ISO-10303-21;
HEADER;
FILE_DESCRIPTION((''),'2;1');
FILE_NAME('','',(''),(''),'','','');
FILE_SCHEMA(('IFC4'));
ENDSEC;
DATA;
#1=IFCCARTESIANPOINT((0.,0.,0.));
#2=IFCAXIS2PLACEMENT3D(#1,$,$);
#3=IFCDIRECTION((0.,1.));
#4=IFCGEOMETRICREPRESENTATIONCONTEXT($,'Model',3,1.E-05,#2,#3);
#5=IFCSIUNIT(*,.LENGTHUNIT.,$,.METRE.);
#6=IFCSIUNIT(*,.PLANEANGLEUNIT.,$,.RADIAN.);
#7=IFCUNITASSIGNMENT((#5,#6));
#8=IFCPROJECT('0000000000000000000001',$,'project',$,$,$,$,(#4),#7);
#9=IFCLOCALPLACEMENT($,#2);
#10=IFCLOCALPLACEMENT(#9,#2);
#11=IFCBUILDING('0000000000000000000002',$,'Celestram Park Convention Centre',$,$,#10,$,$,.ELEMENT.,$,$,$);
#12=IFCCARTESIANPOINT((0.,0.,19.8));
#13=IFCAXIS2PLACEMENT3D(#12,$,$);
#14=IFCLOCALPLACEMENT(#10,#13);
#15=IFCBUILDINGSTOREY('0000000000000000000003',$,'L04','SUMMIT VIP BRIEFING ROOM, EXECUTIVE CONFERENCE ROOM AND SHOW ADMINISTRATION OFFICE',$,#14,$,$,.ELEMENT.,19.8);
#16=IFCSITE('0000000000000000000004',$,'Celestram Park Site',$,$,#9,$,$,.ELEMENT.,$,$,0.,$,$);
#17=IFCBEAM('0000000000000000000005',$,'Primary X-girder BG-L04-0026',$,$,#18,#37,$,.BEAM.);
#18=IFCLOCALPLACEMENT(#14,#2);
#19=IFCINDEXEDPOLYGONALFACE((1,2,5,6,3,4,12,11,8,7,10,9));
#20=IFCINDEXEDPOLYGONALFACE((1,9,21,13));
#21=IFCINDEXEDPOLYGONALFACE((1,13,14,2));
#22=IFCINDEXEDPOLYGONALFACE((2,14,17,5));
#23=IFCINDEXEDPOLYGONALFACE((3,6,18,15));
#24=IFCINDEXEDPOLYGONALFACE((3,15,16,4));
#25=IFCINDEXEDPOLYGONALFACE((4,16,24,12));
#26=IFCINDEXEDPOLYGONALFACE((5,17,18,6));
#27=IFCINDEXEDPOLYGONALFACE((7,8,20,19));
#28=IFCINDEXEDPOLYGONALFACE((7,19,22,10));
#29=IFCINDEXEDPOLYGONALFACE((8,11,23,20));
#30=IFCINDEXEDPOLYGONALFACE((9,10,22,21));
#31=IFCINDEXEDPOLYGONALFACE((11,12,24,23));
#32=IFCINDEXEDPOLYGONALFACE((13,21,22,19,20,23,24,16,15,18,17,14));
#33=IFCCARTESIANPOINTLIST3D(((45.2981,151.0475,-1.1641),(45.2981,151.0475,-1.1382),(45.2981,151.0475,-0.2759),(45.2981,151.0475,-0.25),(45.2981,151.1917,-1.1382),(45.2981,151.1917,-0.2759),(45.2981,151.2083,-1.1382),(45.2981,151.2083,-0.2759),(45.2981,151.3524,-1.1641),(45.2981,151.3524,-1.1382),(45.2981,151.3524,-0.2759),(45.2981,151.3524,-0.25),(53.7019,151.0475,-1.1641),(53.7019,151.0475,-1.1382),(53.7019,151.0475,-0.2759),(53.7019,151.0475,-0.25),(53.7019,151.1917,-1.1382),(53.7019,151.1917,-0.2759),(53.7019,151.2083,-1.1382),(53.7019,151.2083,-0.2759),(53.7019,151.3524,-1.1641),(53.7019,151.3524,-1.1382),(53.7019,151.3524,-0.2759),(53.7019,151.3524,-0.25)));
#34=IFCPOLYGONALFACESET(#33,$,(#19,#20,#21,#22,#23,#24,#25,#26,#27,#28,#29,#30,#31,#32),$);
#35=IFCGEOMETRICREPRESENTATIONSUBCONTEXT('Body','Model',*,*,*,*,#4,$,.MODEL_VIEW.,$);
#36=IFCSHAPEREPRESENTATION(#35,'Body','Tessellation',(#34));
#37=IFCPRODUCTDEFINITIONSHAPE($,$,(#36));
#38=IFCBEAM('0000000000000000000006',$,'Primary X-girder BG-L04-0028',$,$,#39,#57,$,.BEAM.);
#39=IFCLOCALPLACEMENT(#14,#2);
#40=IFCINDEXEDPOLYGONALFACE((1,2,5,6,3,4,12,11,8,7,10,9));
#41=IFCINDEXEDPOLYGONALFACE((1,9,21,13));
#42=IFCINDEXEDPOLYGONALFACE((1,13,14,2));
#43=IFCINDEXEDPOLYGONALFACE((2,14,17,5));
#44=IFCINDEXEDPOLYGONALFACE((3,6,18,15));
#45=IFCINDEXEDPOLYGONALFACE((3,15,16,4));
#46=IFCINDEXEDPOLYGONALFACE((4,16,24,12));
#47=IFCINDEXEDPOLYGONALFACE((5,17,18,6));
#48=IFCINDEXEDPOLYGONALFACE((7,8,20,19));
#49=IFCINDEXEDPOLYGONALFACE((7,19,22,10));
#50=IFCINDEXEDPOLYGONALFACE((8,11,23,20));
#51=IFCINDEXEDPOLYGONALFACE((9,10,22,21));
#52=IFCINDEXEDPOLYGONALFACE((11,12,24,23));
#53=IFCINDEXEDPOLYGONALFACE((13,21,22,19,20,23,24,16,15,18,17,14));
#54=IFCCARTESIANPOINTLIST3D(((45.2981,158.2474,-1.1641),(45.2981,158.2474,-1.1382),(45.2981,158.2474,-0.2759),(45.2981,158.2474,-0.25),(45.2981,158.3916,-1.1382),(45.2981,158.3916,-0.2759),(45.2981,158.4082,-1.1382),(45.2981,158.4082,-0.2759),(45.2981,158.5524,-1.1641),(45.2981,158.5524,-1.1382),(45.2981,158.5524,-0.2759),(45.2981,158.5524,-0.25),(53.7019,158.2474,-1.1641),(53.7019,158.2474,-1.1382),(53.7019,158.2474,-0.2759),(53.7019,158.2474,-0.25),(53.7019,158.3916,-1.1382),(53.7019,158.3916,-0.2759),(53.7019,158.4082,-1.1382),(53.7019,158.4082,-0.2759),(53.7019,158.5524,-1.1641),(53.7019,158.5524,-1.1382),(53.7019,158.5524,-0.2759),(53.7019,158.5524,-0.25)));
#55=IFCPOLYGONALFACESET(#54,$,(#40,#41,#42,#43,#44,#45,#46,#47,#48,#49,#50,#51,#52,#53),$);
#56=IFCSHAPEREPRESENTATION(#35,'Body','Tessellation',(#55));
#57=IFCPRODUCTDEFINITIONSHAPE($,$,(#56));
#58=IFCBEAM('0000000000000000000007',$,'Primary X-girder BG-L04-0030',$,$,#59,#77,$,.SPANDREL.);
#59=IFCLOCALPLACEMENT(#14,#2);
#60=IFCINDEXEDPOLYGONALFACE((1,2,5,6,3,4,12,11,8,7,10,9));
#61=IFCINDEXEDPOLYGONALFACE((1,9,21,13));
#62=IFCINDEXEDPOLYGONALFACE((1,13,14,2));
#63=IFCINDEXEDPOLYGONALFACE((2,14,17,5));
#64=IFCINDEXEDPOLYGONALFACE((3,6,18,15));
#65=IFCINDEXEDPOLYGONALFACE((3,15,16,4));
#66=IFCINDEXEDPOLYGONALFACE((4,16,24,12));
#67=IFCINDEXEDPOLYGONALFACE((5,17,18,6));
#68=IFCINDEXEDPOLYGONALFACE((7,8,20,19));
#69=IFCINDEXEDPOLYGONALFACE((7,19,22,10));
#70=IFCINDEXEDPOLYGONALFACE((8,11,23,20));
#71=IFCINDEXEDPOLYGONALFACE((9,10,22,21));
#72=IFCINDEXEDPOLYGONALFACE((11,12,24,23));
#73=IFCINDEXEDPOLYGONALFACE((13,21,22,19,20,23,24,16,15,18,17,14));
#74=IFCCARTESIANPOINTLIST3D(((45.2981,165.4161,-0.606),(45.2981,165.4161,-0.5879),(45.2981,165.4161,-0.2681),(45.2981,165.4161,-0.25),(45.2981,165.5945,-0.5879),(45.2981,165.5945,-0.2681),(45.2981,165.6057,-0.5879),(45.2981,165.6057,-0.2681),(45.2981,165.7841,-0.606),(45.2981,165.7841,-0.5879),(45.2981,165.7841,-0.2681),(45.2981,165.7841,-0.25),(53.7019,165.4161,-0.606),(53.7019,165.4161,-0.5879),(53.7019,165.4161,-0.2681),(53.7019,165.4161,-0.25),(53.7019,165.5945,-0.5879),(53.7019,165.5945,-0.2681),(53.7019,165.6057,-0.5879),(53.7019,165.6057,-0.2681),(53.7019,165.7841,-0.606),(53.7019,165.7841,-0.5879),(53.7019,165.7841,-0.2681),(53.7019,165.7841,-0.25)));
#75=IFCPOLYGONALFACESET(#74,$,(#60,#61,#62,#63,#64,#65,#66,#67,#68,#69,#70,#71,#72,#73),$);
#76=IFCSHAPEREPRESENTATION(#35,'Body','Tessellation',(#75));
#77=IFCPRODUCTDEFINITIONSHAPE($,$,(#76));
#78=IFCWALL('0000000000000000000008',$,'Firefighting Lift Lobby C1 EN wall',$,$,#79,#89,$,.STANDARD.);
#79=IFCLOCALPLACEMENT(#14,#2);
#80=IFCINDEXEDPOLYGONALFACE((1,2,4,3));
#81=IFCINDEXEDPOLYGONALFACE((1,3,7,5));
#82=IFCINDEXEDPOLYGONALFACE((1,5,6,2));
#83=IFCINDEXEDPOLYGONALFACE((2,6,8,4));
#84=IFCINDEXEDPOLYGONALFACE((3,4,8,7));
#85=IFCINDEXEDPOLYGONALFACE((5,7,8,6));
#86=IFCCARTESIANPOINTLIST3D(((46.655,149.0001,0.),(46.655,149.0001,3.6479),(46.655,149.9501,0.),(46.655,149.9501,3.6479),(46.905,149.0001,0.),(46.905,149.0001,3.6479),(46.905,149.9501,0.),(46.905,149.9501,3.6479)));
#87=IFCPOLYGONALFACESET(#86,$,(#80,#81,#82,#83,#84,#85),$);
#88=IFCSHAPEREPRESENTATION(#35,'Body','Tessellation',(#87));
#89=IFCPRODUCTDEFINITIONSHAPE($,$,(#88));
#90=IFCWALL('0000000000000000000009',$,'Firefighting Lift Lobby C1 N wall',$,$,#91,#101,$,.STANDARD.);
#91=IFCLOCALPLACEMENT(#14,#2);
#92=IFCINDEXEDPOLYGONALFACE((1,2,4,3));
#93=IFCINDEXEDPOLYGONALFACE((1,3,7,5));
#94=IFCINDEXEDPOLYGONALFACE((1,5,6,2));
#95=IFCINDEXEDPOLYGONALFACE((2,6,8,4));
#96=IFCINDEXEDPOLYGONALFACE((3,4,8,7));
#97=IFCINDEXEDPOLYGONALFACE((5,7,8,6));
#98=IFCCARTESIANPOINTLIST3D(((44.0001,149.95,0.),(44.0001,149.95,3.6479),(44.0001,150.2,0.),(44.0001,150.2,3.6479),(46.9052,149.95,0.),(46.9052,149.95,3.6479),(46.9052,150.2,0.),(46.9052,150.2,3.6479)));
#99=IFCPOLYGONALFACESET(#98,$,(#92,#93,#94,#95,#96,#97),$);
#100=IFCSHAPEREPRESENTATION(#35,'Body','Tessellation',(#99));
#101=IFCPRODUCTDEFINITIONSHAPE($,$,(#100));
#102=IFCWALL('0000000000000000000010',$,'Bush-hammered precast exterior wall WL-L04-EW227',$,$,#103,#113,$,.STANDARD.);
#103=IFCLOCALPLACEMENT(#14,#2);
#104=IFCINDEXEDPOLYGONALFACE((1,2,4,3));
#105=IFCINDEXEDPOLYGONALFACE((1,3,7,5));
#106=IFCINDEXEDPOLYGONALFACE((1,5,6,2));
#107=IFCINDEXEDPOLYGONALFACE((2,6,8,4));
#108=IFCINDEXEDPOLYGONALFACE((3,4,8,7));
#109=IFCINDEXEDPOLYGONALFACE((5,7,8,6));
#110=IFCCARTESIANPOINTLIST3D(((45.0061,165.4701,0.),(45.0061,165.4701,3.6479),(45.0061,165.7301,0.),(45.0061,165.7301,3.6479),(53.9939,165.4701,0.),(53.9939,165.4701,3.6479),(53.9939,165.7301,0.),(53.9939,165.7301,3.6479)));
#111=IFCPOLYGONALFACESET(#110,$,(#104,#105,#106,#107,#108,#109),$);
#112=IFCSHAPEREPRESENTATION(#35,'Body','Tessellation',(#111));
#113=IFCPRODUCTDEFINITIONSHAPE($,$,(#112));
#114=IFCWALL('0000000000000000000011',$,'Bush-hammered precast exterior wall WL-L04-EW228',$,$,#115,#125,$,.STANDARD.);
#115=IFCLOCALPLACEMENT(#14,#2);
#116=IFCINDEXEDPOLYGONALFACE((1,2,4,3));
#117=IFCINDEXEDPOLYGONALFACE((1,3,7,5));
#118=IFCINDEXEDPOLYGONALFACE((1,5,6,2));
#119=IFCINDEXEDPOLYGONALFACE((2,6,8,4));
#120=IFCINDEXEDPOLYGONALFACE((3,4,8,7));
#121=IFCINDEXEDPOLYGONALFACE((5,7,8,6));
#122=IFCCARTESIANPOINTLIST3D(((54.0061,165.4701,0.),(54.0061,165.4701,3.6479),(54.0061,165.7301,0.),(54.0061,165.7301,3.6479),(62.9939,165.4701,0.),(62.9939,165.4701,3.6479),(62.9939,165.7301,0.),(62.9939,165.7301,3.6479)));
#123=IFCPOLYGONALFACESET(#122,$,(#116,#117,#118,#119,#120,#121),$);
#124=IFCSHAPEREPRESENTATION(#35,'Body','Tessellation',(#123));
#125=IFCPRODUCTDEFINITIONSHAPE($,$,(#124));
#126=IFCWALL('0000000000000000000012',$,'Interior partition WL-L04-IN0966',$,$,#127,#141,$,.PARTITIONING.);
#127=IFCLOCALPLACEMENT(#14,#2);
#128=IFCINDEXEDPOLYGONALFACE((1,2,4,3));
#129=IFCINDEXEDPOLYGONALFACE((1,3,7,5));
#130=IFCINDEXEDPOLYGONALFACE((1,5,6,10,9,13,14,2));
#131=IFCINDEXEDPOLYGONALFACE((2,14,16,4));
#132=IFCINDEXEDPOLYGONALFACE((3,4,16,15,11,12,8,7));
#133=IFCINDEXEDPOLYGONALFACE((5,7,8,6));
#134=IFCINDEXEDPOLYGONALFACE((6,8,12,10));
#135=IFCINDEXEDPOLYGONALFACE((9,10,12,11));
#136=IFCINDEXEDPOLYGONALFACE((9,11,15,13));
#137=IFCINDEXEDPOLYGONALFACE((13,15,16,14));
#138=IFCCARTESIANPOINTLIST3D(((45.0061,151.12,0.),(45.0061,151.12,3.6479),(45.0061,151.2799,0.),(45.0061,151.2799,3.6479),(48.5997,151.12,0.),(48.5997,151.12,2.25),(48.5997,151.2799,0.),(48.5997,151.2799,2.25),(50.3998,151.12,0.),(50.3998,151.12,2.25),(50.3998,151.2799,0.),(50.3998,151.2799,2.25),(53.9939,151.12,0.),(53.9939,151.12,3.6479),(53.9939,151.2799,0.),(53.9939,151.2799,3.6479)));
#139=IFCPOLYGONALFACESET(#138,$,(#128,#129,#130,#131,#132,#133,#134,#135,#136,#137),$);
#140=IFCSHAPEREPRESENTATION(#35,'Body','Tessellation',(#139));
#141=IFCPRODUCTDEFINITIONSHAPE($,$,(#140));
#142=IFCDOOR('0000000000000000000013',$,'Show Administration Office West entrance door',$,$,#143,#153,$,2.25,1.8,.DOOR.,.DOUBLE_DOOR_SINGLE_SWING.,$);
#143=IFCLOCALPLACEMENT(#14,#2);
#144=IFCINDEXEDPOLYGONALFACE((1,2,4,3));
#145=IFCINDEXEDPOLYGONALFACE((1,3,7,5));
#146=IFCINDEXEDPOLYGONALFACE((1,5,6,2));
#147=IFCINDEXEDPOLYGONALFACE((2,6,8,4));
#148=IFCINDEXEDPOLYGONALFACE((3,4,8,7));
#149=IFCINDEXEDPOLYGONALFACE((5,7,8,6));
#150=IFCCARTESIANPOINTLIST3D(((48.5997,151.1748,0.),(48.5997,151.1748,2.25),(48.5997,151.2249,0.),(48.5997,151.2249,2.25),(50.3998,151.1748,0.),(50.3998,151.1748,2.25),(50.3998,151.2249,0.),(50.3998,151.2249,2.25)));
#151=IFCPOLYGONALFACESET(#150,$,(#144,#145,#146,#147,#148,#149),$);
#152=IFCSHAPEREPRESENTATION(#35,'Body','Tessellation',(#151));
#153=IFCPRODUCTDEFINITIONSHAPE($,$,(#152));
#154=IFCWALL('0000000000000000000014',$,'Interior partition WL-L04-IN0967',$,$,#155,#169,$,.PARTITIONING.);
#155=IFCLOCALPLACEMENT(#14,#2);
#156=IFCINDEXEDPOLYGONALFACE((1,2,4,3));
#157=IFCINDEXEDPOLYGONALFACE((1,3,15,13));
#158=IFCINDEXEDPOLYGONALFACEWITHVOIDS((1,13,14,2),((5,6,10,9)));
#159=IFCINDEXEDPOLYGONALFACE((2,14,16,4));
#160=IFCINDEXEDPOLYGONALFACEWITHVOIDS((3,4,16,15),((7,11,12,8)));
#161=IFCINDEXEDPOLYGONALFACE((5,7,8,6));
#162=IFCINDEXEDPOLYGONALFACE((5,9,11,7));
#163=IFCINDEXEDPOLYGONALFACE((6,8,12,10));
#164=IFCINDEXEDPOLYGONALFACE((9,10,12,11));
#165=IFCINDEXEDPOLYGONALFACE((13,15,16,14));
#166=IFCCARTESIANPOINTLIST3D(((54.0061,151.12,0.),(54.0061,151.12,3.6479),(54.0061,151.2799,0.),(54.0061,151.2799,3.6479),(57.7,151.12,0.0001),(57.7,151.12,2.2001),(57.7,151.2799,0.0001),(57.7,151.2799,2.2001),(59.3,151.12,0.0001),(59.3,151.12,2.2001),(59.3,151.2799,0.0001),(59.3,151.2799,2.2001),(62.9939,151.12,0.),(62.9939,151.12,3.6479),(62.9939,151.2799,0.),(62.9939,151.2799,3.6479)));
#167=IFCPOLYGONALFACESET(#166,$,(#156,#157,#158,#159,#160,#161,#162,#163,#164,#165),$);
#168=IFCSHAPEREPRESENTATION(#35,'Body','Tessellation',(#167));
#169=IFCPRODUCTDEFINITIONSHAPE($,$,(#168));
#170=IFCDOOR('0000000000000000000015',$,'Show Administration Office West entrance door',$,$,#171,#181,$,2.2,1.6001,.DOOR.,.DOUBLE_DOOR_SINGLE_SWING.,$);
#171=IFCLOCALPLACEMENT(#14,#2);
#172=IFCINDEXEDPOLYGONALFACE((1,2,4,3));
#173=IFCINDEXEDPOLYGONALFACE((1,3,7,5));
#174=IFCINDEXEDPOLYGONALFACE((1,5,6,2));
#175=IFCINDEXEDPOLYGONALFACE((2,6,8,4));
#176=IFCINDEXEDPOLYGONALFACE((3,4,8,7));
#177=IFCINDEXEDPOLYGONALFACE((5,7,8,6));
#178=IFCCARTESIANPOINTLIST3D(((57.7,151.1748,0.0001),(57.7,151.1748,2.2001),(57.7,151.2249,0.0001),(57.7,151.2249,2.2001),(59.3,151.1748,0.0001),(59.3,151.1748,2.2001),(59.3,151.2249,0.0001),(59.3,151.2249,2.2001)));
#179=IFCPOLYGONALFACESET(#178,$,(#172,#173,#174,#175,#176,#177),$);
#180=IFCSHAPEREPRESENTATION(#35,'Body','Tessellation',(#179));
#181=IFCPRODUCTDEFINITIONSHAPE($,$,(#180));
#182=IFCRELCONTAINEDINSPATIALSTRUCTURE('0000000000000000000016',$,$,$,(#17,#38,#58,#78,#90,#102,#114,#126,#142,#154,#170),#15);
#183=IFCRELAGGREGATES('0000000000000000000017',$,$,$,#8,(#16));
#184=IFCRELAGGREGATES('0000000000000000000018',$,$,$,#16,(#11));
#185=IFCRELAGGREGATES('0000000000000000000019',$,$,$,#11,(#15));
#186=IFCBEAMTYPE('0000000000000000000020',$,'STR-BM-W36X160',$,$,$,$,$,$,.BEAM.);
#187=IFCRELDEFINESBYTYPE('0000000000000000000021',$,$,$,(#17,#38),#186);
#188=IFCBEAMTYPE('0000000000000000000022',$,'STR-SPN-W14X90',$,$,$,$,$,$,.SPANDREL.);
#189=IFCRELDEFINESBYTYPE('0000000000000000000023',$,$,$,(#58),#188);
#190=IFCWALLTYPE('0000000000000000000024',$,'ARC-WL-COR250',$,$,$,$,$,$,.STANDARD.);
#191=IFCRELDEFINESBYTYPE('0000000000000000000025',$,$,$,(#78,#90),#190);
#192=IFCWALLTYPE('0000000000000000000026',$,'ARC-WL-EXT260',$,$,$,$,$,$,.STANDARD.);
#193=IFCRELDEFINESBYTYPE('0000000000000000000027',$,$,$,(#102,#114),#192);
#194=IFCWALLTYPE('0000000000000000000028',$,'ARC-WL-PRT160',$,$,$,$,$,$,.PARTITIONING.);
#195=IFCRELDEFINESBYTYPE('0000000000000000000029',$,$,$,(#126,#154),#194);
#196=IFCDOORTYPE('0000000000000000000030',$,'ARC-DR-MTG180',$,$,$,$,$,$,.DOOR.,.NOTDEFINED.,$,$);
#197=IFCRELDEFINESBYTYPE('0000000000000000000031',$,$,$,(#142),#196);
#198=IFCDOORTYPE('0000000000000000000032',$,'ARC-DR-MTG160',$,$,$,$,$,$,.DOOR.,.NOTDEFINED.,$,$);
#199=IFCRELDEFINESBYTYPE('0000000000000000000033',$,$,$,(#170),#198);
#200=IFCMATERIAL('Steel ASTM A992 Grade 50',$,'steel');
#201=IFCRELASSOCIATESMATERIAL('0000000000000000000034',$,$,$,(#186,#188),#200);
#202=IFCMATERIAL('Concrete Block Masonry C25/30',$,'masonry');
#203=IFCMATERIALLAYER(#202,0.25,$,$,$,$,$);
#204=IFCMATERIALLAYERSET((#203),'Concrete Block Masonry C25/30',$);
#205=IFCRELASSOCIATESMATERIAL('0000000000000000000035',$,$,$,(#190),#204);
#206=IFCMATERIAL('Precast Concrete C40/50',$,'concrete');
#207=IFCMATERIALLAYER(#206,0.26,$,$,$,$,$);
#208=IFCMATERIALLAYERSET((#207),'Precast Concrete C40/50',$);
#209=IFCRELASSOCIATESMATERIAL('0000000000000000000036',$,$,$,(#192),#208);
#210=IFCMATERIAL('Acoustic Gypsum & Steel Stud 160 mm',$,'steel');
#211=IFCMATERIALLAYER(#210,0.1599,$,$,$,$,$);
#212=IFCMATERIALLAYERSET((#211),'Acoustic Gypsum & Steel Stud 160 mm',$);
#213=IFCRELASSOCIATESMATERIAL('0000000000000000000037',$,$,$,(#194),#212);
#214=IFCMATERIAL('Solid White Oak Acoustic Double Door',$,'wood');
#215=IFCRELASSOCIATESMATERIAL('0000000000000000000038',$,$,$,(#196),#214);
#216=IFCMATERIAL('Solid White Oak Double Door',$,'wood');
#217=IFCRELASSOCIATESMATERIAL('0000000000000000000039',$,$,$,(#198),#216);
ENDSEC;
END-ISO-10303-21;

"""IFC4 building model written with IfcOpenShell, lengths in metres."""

from ifc_helpers import new_model, si_unit, direction, frame, frame_2d, origin, origin_2d, place, context, subcontext, project, spatial, rectangle, i_section, extrude, material, layer, layer_set, material_profile, profile_set, type_object, element, fill, save


model = new_model("IFC4")

# Units and contexts
model_context = context("Model", 3, precision=1e-05, world=origin(), true_north=direction((0.0, 1.0)))
body_context = subcontext(model_context, "Body", "Model", "MODEL_VIEW")
ifc_project = project(units=[si_unit("LENGTHUNIT", "METRE"), si_unit("PLANEANGLEUNIT", "RADIAN")], contexts=[model_context])

# Site, building, storey
site_placement = place(None, origin())
site = spatial("IfcSite", under=ifc_project, at=site_placement, Name="Celestram Park Site", CompositionType="ELEMENT", RefElevation=0.0)
building_placement = place(site_placement, origin())
building = spatial("IfcBuilding", under=site, at=building_placement, Name="Celestram Park Convention Centre", CompositionType="ELEMENT")
storey_placement = place(building_placement, frame((0.0, 0.0, 19.8)))
storey = spatial("IfcBuildingStorey", under=building, at=storey_placement, Name="L04", Description="SUMMIT VIP BRIEFING ROOM, EXECUTIVE CONFERENCE ROOM AND SHOW ADMINISTRATION OFFICE", CompositionType="ELEMENT", Elevation=19.8)

# Shared definitions
ifc_material_1 = material(Name="Steel ASTM A992 Grade 50", Category="steel")

# Beams
ifc_material_profile_1 = material_profile(ifc_material_1, i_section(OverallWidth=0.3049, OverallDepth=0.9141, WebThickness=0.0166, FlangeThickness=0.0259, at=origin_2d()), Name="W36X160")
ifc_profile_set_1 = profile_set([ifc_material_profile_1], Name="Steel ASTM A992 Grade 50")
beam_type_1 = type_object("IfcBeamType", Name="STR-BM-W36X160", PredefinedType="BEAM", material=ifc_profile_set_1)
for number, where, z_axis, x_axis, name in (
    (1, (45.2981, 151.2, -0.707), (1.0, 0.0, 0.0), (0.0, 1.0, 0.0), "Primary X-girder BG-L04-0026"),
    (2, (45.2981, 158.3999, -0.707), (1.0, 0.0, 0.0), (0.0, 1.0, 0.0), "Primary X-girder BG-L04-0028"),
):
    element("IfcBeam", number, at=place(storey_placement, frame(where, z_axis=z_axis, x_axis=x_axis)), inside=storey, type_object=beam_type_1, Name=name, PredefinedType="BEAM", context=body_context, shape_type="SweptSolid", body=[
        extrude(i_section(OverallWidth=0.3049, OverallDepth=0.9141, WebThickness=0.0166, FlangeThickness=0.0259, at=origin_2d()), origin(), (0.0, 0.0, 1.0), 8.4038),
    ])
ifc_material_profile_2 = material_profile(ifc_material_1, i_section(OverallWidth=0.3679, OverallDepth=0.356, WebThickness=0.0112, FlangeThickness=0.0181, at=origin_2d()), Name="W14X90")
ifc_profile_set_2 = profile_set([ifc_material_profile_2], Name="Steel ASTM A992 Grade 50")
beam_type_2 = type_object("IfcBeamType", Name="STR-SPN-W14X90", PredefinedType="SPANDREL", material=ifc_profile_set_2)
beam_placement = place(storey_placement, frame((45.2981, 165.6001, -0.428), z_axis=(1.0, 0.0, 0.0), x_axis=(0.0, 1.0, 0.0)))
element("IfcBeam", 3, at=beam_placement, inside=storey, type_object=beam_type_2, Name="Primary X-girder BG-L04-0030", PredefinedType="SPANDREL", context=body_context, shape_type="SweptSolid", body=[
    extrude(i_section(OverallWidth=0.3679, OverallDepth=0.356, WebThickness=0.0112, FlangeThickness=0.0181, at=origin_2d()), origin(), (0.0, 0.0, 1.0), 8.4038),
])

# Walls
ifc_material_2 = material(Name="Concrete Block Masonry C25/30", Category="masonry")
ifc_layer_1 = layer(ifc_material_2, 0.25)
ifc_layer_set_1 = layer_set([ifc_layer_1], Name="Concrete Block Masonry C25/30")
wall_type_1 = type_object("IfcWallType", Name="ARC-WL-COR250", PredefinedType="STANDARD", material=ifc_layer_set_1)
wall_1_placement = place(storey_placement, frame((46.78, 149.0, 0.0), z_axis=(0.0, 0.0, 1.0), x_axis=(0.0, 1.0, 0.0)))
element("IfcWall", 4, at=wall_1_placement, inside=storey, type_object=wall_type_1, Name="Firefighting Lift Lobby C1 EN wall", PredefinedType="STANDARD", context=body_context, shape_type="SweptSolid", body=[
    extrude(rectangle(XDim=0.95, YDim=0.25, at=frame_2d((0.4751, 0.0))), origin(), (0.0, 0.0, 1.0), 3.6479),
])
wall_2_placement = place(storey_placement, frame((44.0, 150.075, 0.0), z_axis=(0.0, 0.0, 1.0), x_axis=(1.0, 0.0, 0.0)))
element("IfcWall", 5, at=wall_2_placement, inside=storey, type_object=wall_type_1, Name="Firefighting Lift Lobby C1 N wall", PredefinedType="STANDARD", context=body_context, shape_type="SweptSolid", body=[
    extrude(rectangle(XDim=2.905, YDim=0.25, at=frame_2d((1.4526, 0.0))), origin(), (0.0, 0.0, 1.0), 3.6479),
])
ifc_material_3 = material(Name="Precast Concrete C40/50", Category="concrete")
ifc_layer_2 = layer(ifc_material_3, 0.26)
ifc_layer_set_2 = layer_set([ifc_layer_2], Name="Precast Concrete C40/50")
wall_type_2 = type_object("IfcWallType", Name="ARC-WL-EXT260", PredefinedType="STANDARD", material=ifc_layer_set_2)
for number, where, z_axis, x_axis, name in (
    (6, (45.0061, 165.6001, 0.0), (0.0, 0.0, 1.0), (1.0, 0.0, 0.0), "Bush-hammered precast exterior wall WL-L04-EW227"),
    (7, (54.0061, 165.6001, 0.0), (0.0, 0.0, 1.0), (1.0, 0.0, 0.0), "Bush-hammered precast exterior wall WL-L04-EW228"),
):
    element("IfcWall", number, at=place(storey_placement, frame(where, z_axis=z_axis, x_axis=x_axis)), inside=storey, type_object=wall_type_2, Name=name, PredefinedType="STANDARD", context=body_context, shape_type="SweptSolid", body=[
        extrude(rectangle(XDim=8.9878, YDim=0.26, at=frame_2d((4.4939, 0.0))), origin(), (0.0, 0.0, 1.0), 3.6479),
    ])

# Walls, openings, doors
ifc_material_4 = material(Name="Acoustic Gypsum & Steel Stud 160 mm", Category="steel")
ifc_layer_3 = layer(ifc_material_4, 0.1599)
ifc_layer_set_3 = layer_set([ifc_layer_3], Name="Acoustic Gypsum & Steel Stud 160 mm")
wall_type_3 = type_object("IfcWallType", Name="ARC-WL-PRT160", PredefinedType="PARTITIONING", material=ifc_layer_set_3)
wall_3_placement = place(storey_placement, frame((45.0061, 151.2, 0.0), z_axis=(0.0, 0.0, 1.0), x_axis=(1.0, 0.0, 0.0)))
wall_3 = element("IfcWall", 8, at=wall_3_placement, inside=storey, type_object=wall_type_3, Name="Interior partition WL-L04-IN0966", PredefinedType="PARTITIONING", context=body_context, shape_type="SweptSolid", body=[
    extrude(rectangle(XDim=8.9878, YDim=0.1599, at=frame_2d((4.4939, 0.0))), origin(), (0.0, 0.0, 1.0), 3.6479),
])
opening_1_placement = place(wall_3_placement, frame((3.5938, 0.0, 0.0)))
opening_1 = element("IfcOpeningElement", 9, at=opening_1_placement, cuts=wall_3, PredefinedType="OPENING", context=body_context, shape_type="SweptSolid", body=[
    extrude(rectangle(XDim=1.8, YDim=2.25, at=frame_2d((0.8999, 1.125))), frame((0.0, 0.0898, 0.0), z_axis=(0.0, -1.0, 0.0), x_axis=(1.0, 0.0, 0.0)), (0.0, 0.0, 1.0), 0.1799),
])
ifc_material_5 = material(Name="Solid White Oak Acoustic Double Door", Category="wood")
door_type_1 = type_object("IfcDoorType", Name="ARC-DR-MTG180", OperationType="NOTDEFINED", PredefinedType="DOOR", material=ifc_material_5)
door_1_placement = place(opening_1_placement, origin())
door_1 = element("IfcDoor", 10, at=door_1_placement, inside=storey, type_object=door_type_1, Name="Show Administration Office West entrance door", OperationType="DOUBLE_DOOR_SINGLE_SWING", OverallHeight=2.25, OverallWidth=1.8, PredefinedType="DOOR", context=body_context, shape_type="SweptSolid", body=[
    extrude(rectangle(XDim=1.8, YDim=2.25, at=frame_2d((0.8999, 1.125))), frame((0.0, 0.0249, 0.0), z_axis=(0.0, -1.0, 0.0), x_axis=(1.0, 0.0, 0.0)), (0.0, 0.0, 1.0), 0.05),
])
fill(opening_1, door_1)
wall_4_placement = place(storey_placement, frame((54.0061, 151.2, 0.0), z_axis=(0.0, 0.0, 1.0), x_axis=(1.0, 0.0, 0.0)))
wall_4 = element("IfcWall", 11, at=wall_4_placement, inside=storey, type_object=wall_type_3, Name="Interior partition WL-L04-IN0967", PredefinedType="PARTITIONING", context=body_context, shape_type="SweptSolid", body=[
    extrude(rectangle(XDim=8.9878, YDim=0.1599, at=frame_2d((4.4939, 0.0))), origin(), (0.0, 0.0, 1.0), 3.6479),
])
opening_2_placement = place(wall_4_placement, frame((3.6938, 0.0, 0.0)))
opening_2 = element("IfcOpeningElement", 12, at=opening_2_placement, cuts=wall_4, PredefinedType="OPENING", context=body_context, shape_type="SweptSolid", body=[
    extrude(rectangle(XDim=1.6001, YDim=2.2, at=frame_2d((0.8, 1.1001))), frame((0.0, 0.0898, 0.0), z_axis=(0.0, -1.0, 0.0), x_axis=(1.0, 0.0, 0.0)), (0.0, 0.0, 1.0), 0.1799),
])
ifc_material_6 = material(Name="Solid White Oak Double Door", Category="wood")
door_type_2 = type_object("IfcDoorType", Name="ARC-DR-MTG160", OperationType="NOTDEFINED", PredefinedType="DOOR", material=ifc_material_6)
door_2_placement = place(opening_2_placement, origin())
door_2 = element("IfcDoor", 13, at=door_2_placement, inside=storey, type_object=door_type_2, Name="Show Administration Office West entrance door", OperationType="DOUBLE_DOOR_SINGLE_SWING", OverallHeight=2.2, OverallWidth=1.6001, PredefinedType="DOOR", context=body_context, shape_type="SweptSolid", body=[
    extrude(rectangle(XDim=1.6001, YDim=2.2, at=frame_2d((0.8, 1.1001))), frame((0.0, 0.0249, 0.0), z_axis=(0.0, -1.0, 0.0), x_axis=(1.0, 0.0, 0.0)), (0.0, 0.0, 1.0), 0.05),
])
fill(opening_2, door_2)

save(model, "model.ifc")
